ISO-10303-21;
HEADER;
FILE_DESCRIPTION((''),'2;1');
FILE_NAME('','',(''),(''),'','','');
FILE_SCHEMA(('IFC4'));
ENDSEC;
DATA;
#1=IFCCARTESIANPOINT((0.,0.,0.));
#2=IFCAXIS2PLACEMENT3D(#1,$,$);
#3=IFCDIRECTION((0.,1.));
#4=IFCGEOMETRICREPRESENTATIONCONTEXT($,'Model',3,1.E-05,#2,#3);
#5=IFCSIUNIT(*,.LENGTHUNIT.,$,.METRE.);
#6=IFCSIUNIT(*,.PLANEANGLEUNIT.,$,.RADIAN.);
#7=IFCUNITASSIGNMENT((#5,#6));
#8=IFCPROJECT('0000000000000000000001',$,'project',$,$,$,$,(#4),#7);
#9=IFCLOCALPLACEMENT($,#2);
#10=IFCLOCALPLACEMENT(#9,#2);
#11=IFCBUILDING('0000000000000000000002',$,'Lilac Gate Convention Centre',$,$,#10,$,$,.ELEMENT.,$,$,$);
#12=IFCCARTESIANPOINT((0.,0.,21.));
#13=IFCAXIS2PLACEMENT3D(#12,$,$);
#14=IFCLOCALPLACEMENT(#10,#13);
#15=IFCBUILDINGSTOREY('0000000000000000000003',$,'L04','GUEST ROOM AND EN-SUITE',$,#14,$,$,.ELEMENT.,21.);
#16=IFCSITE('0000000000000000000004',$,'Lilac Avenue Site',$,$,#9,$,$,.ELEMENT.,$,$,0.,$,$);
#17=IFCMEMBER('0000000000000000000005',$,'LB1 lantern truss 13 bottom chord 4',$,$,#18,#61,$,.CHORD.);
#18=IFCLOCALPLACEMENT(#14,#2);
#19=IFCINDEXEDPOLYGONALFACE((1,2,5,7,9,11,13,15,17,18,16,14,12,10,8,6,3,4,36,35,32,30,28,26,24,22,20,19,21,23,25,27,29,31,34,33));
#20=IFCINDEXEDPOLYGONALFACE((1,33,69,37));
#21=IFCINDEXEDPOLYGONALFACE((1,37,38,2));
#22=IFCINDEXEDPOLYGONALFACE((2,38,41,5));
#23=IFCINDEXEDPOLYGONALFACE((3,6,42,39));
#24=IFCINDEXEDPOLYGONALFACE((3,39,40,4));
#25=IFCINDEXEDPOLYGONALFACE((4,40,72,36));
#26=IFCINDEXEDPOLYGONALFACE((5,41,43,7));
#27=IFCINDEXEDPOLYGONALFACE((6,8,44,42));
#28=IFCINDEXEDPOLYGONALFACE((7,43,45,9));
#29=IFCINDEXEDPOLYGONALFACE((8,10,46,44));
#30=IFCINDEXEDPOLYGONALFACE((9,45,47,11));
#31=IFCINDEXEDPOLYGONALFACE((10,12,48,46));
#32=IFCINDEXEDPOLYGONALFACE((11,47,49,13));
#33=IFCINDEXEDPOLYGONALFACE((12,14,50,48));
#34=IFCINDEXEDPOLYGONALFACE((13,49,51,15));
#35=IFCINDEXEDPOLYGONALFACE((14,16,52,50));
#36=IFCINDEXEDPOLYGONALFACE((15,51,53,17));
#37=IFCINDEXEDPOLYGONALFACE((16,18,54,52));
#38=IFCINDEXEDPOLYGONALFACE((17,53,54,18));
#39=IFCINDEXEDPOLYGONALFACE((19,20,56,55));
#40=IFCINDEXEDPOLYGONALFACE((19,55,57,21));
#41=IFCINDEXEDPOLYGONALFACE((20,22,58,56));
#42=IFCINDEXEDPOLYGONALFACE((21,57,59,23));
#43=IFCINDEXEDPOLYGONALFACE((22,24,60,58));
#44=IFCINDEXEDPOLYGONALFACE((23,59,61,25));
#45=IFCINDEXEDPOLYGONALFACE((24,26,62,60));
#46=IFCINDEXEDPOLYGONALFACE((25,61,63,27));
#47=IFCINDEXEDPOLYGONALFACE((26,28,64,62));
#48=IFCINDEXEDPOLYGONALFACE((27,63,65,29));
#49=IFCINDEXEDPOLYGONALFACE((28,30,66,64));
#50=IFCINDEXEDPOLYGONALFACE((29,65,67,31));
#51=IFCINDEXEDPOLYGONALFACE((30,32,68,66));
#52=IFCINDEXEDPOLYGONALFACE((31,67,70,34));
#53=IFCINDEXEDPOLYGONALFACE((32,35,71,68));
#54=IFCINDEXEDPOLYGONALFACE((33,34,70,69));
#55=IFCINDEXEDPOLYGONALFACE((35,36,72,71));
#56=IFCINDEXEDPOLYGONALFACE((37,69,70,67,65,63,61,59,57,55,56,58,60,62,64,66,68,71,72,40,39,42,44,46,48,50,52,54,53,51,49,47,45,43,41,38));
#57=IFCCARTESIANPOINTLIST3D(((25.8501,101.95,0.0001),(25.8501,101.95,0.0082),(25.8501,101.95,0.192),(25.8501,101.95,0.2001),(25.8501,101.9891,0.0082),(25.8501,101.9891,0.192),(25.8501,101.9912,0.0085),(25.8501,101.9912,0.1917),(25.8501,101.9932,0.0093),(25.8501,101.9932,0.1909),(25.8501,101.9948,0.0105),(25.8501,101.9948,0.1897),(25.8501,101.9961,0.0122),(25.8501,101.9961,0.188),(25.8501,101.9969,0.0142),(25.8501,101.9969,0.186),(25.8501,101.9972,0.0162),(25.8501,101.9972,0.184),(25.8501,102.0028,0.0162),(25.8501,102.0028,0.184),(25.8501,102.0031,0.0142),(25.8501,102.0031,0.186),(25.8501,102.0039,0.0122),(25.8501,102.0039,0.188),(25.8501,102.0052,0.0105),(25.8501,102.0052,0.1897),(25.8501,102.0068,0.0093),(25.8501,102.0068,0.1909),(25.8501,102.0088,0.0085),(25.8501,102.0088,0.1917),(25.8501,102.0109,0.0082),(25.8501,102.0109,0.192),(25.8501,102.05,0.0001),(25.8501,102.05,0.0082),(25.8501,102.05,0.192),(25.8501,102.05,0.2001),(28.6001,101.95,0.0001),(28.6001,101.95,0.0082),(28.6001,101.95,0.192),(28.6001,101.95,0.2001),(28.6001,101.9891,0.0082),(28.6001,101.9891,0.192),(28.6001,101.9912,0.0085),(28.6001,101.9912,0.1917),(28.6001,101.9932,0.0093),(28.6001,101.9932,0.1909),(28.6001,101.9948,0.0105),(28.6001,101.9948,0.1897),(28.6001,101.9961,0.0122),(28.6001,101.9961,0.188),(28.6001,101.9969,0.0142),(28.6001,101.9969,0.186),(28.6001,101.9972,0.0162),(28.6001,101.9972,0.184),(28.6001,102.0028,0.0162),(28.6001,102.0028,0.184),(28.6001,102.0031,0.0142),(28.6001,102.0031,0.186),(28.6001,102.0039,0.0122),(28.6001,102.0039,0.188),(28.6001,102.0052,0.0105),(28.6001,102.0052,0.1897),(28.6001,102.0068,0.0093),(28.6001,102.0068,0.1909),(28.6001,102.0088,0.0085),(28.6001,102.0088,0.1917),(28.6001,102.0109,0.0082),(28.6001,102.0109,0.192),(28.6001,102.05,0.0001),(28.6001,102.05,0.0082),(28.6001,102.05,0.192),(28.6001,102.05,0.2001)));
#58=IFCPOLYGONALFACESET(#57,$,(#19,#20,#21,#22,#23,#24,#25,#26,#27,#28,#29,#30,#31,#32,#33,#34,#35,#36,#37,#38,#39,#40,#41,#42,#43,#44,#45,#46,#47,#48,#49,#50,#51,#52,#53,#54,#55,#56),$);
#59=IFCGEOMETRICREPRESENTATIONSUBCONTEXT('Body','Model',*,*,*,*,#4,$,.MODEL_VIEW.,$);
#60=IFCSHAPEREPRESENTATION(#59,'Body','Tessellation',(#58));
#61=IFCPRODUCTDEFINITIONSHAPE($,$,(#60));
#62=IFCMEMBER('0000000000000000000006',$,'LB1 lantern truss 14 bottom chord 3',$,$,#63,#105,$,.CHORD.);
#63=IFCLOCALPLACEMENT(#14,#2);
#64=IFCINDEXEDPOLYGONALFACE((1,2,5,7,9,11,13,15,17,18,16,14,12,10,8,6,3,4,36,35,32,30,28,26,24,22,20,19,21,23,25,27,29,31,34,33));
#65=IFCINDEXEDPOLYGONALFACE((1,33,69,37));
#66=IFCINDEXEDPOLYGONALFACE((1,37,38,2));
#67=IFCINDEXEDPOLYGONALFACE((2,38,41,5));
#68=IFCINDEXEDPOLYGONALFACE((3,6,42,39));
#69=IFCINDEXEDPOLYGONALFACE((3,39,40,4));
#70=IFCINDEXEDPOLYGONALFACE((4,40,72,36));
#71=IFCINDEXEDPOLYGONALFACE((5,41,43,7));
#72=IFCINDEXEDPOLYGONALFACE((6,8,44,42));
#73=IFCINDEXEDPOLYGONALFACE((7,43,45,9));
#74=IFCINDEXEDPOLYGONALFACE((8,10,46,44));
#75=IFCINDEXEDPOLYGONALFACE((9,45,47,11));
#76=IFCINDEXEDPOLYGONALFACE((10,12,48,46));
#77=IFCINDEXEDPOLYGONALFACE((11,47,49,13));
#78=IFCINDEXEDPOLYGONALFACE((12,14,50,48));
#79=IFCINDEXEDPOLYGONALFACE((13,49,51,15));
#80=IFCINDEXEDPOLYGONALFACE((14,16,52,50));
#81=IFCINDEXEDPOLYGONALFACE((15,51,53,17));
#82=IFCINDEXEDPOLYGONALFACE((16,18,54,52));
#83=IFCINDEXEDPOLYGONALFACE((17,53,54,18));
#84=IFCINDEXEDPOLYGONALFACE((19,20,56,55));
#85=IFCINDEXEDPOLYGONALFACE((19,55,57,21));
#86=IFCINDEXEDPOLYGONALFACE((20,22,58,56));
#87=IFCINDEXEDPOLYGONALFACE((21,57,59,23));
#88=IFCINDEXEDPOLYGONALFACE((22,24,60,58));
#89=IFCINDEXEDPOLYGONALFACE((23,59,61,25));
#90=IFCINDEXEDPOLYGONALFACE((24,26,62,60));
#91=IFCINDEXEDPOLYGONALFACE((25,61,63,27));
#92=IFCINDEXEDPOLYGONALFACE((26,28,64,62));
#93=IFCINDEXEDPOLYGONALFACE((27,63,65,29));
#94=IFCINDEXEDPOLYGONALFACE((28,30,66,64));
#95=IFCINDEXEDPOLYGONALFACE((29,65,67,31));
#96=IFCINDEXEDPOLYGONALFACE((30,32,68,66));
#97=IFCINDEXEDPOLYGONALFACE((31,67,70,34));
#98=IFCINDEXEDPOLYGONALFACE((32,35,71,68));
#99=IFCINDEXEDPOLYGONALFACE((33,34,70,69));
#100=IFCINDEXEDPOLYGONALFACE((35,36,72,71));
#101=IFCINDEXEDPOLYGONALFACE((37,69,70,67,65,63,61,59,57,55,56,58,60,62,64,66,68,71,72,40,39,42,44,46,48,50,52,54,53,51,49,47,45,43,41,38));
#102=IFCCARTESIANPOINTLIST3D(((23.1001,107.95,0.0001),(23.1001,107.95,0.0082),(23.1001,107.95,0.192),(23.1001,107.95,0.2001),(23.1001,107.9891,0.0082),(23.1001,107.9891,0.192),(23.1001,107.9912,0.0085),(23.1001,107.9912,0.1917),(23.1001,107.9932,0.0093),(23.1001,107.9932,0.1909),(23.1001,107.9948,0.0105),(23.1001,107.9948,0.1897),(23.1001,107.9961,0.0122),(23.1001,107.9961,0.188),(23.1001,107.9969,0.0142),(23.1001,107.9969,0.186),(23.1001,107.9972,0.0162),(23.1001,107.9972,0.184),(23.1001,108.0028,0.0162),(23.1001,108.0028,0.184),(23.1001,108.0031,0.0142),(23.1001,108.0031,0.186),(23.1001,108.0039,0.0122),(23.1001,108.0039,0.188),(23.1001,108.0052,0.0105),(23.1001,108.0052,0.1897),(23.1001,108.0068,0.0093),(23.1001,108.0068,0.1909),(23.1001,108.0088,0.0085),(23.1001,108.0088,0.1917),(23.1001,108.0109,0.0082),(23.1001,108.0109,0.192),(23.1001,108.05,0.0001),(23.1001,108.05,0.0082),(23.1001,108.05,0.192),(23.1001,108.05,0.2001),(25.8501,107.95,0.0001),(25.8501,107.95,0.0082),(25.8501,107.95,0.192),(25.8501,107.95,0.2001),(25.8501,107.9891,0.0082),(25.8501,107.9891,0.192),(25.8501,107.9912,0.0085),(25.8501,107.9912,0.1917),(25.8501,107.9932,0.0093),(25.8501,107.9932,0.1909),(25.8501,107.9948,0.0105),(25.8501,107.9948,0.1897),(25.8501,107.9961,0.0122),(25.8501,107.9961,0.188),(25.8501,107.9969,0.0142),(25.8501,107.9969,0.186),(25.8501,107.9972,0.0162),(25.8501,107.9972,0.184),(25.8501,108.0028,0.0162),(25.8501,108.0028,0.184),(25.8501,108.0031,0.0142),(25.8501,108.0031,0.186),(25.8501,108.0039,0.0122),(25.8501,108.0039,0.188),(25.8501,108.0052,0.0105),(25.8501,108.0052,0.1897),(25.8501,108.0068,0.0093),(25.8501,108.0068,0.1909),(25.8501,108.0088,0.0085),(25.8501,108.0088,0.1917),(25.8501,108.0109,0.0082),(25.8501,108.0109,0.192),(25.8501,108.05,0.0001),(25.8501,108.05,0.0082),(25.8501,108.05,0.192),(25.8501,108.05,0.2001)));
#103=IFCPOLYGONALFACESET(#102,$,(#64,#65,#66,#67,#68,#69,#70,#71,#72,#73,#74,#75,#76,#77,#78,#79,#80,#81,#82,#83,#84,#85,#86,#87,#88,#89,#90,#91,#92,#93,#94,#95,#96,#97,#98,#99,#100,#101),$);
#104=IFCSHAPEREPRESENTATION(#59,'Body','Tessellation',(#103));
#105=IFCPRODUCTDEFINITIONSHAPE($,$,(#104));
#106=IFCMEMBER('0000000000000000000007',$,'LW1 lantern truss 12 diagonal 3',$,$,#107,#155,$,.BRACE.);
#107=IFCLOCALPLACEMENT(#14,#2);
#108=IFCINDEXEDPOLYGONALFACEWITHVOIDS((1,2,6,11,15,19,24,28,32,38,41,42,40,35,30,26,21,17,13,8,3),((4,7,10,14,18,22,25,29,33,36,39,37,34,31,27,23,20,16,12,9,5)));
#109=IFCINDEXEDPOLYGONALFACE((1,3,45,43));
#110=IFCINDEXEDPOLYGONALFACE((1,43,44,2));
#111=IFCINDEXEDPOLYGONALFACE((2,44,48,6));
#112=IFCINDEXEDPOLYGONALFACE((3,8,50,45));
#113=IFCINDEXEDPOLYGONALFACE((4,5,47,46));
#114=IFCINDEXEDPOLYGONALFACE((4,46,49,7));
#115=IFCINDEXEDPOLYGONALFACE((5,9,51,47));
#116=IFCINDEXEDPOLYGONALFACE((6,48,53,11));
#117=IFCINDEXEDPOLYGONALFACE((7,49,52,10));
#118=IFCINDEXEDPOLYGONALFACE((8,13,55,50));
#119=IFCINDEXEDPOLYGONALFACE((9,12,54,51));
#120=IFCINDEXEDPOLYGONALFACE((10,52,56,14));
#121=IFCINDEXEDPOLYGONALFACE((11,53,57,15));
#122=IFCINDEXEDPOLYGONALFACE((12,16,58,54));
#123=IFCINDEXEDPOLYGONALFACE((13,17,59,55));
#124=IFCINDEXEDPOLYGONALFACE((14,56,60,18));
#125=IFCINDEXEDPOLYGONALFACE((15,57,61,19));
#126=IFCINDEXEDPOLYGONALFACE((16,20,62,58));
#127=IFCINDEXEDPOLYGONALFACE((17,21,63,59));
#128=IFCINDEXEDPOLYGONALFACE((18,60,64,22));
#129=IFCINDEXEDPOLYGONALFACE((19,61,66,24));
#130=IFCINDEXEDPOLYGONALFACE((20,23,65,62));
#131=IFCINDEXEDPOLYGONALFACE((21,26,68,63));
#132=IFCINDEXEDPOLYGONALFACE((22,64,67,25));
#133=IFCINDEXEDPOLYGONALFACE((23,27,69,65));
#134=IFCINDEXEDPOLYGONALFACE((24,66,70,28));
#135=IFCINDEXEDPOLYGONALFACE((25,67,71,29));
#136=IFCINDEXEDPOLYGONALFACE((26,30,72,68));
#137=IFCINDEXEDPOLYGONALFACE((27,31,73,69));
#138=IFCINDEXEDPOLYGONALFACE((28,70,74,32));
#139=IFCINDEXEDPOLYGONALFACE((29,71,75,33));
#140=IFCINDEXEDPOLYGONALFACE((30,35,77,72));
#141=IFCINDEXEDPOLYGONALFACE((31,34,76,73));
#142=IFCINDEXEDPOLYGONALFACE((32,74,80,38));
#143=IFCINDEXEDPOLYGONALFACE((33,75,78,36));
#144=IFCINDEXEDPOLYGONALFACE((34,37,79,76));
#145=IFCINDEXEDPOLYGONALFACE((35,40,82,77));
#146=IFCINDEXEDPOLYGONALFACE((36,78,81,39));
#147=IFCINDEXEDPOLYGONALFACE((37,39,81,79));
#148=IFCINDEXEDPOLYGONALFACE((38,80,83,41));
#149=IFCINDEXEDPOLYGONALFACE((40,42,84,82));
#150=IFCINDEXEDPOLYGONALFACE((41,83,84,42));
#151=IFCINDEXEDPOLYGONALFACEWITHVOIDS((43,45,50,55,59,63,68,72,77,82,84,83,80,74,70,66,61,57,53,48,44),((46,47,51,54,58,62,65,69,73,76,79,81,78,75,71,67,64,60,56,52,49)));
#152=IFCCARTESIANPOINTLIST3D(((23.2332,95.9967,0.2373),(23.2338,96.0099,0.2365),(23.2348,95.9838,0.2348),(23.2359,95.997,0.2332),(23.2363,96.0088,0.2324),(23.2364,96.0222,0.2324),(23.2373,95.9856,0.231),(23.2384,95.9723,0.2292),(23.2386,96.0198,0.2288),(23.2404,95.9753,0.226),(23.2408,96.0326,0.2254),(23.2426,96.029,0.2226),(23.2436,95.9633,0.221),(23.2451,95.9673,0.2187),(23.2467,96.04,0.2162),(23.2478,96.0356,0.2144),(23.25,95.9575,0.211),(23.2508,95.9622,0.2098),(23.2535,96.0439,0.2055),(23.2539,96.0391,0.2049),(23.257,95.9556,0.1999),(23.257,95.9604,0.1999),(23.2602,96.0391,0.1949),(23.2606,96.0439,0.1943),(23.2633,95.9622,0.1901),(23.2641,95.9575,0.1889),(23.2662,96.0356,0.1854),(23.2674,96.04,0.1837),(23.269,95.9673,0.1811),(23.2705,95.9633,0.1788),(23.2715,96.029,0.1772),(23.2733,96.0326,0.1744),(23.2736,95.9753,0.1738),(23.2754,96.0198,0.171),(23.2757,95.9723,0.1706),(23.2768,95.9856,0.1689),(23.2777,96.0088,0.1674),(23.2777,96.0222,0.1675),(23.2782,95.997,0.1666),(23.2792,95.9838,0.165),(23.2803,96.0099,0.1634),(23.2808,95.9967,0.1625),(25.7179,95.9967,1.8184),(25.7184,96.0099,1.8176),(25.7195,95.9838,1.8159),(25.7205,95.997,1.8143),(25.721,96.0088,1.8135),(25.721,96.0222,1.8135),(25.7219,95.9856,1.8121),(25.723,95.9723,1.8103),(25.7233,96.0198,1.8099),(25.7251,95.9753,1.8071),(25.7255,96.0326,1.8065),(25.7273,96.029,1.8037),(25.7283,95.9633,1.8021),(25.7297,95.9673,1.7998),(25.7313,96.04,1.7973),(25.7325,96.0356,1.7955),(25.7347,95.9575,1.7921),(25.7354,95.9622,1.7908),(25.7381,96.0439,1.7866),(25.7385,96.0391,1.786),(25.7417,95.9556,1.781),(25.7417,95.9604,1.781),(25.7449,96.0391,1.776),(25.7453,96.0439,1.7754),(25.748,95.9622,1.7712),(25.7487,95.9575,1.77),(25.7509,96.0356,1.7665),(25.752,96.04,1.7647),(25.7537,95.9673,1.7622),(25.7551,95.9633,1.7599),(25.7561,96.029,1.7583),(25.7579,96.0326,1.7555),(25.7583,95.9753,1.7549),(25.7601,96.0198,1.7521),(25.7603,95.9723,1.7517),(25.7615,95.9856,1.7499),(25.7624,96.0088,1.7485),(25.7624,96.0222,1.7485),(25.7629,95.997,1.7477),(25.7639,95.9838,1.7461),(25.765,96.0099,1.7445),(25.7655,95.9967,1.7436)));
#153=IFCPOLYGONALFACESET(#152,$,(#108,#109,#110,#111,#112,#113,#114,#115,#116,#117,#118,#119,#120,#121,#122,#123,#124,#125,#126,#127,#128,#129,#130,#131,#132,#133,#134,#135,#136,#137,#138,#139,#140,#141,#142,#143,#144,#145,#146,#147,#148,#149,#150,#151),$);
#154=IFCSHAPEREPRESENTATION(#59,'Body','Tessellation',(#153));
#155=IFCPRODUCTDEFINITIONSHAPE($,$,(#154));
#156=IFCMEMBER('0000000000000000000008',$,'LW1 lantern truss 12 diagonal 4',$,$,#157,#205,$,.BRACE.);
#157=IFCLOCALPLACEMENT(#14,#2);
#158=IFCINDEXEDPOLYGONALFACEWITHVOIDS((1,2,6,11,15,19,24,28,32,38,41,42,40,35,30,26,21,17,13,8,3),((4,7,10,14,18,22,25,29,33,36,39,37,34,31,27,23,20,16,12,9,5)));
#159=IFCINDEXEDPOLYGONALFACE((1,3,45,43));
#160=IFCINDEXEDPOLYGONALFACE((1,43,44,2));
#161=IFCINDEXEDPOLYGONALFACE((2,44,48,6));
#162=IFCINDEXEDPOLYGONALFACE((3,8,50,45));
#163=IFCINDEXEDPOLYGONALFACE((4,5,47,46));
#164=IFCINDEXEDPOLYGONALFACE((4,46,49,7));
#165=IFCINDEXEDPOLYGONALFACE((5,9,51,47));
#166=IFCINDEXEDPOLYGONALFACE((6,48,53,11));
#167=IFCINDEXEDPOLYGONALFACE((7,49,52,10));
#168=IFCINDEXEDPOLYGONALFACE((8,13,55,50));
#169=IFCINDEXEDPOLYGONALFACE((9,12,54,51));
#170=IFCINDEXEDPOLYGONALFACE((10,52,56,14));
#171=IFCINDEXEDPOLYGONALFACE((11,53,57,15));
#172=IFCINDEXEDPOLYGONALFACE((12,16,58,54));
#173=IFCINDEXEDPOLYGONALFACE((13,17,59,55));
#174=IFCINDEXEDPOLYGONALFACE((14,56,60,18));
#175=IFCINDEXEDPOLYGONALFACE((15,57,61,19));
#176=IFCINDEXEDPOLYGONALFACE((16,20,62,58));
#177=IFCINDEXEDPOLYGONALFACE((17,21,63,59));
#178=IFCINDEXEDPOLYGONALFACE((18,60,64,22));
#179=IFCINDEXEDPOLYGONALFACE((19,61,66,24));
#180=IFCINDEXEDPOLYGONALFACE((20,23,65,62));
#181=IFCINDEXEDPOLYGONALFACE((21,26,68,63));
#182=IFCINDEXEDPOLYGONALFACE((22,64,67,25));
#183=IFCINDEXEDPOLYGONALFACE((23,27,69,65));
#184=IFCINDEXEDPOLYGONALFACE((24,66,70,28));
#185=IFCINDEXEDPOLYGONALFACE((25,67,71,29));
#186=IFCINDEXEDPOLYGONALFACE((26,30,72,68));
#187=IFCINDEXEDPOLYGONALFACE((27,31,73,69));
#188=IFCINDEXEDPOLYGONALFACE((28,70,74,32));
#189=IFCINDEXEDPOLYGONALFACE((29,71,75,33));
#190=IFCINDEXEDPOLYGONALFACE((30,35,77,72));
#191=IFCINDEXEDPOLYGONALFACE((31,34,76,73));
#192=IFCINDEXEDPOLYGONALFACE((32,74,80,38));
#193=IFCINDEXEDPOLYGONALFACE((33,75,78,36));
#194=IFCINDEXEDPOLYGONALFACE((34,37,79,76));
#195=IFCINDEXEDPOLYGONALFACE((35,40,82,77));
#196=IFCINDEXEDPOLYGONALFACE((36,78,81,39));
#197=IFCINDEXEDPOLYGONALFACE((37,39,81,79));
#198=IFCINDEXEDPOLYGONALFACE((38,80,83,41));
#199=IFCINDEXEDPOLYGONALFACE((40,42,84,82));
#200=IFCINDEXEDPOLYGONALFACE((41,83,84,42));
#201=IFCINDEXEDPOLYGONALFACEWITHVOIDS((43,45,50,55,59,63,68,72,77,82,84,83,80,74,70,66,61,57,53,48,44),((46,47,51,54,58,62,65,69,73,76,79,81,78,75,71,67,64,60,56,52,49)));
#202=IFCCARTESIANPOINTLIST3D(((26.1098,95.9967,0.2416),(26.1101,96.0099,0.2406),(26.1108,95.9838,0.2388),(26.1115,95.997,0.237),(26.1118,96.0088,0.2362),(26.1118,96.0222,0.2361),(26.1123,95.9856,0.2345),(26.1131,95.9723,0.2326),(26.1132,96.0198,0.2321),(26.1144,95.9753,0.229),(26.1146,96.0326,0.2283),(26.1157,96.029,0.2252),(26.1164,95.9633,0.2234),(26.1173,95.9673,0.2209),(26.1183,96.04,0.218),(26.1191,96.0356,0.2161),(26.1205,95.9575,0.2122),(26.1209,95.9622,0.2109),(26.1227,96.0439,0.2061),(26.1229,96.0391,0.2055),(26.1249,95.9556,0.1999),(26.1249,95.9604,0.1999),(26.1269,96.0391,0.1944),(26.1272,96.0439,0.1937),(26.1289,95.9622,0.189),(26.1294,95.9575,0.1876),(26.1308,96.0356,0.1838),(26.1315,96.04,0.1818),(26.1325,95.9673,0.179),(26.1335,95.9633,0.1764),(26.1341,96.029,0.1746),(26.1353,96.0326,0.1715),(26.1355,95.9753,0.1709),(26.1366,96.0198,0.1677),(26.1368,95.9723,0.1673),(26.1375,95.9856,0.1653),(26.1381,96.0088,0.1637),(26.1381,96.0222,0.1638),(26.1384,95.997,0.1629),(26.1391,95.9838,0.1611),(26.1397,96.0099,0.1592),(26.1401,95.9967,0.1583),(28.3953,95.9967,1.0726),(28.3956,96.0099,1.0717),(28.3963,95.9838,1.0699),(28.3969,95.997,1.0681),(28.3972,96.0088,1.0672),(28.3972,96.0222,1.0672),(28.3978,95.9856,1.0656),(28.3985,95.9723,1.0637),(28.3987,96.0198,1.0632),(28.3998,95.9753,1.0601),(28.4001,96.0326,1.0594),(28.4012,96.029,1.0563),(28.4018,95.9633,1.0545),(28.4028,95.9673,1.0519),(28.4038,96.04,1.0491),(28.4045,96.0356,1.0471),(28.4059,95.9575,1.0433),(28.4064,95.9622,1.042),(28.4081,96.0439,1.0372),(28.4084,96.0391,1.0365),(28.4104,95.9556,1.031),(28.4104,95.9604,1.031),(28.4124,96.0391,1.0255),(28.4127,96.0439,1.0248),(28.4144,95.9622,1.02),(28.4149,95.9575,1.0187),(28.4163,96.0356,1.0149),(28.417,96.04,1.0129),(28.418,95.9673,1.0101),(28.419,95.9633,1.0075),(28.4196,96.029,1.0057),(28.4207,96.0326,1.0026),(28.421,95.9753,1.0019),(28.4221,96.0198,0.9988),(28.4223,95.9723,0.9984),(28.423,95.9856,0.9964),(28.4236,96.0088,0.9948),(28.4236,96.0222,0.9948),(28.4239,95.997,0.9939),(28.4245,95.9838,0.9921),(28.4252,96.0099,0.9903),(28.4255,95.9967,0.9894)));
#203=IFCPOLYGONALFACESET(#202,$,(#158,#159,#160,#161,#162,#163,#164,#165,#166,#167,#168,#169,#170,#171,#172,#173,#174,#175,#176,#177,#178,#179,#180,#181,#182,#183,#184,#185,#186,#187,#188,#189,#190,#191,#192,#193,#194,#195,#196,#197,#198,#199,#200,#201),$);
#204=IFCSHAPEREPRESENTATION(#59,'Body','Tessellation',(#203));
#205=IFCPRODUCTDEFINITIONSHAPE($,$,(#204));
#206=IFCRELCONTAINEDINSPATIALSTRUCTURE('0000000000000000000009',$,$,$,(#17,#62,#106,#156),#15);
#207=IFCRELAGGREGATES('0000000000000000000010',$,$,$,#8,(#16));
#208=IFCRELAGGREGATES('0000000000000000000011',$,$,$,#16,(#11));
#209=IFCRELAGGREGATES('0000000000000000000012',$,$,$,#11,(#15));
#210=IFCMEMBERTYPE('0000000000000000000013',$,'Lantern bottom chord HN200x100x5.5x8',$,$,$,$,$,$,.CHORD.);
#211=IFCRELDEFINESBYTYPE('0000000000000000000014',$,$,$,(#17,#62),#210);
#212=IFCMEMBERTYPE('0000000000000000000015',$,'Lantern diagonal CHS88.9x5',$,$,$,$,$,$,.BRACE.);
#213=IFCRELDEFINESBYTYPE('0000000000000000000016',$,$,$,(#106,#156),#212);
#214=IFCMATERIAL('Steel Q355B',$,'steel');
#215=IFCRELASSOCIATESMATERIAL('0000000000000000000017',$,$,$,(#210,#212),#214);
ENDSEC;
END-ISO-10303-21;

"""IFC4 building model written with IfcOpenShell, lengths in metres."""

from ifc_helpers import new_model, si_unit, direction, frame, origin, origin_2d, place, context, subcontext, project, spatial, hollow_circle, i_section, extrude, material, material_profile, profile_set, type_object, element, save


model = new_model("IFC4")

# Units and contexts
model_context = context("Model", 3, precision=1e-05, world=origin(), true_north=direction((0.0, 1.0)))
body_context = subcontext(model_context, "Body", "Model", "MODEL_VIEW")
ifc_project = project(units=[si_unit("LENGTHUNIT", "METRE"), si_unit("PLANEANGLEUNIT", "RADIAN")], contexts=[model_context])

# Site, building, storey
site_placement = place(None, origin())
site = spatial("IfcSite", under=ifc_project, at=site_placement, Name="Lilac Avenue Site", CompositionType="ELEMENT", RefElevation=0.0)
building_placement = place(site_placement, origin())
building = spatial("IfcBuilding", under=site, at=building_placement, Name="Lilac Gate Convention Centre", CompositionType="ELEMENT")
storey_placement = place(building_placement, frame((0.0, 0.0, 21.0)))
storey = spatial("IfcBuildingStorey", under=building, at=storey_placement, Name="L04", Description="GUEST ROOM AND EN-SUITE", CompositionType="ELEMENT", Elevation=21.0)

# Members
ifc_material_1 = material(Name="Steel Q355B", Category="steel")
ifc_material_profile_1 = material_profile(ifc_material_1, i_section(OverallWidth=0.1001, OverallDepth=0.2, WebThickness=0.0056, FlangeThickness=0.0081, FilletRadius=0.0081, at=origin_2d()), Name="HN200x100x5.5x8")
ifc_profile_set_1 = profile_set([ifc_material_profile_1], Name="Steel Q355B")
member_type_1 = type_object("IfcMemberType", Name="Lantern bottom chord HN200x100x5.5x8", PredefinedType="CHORD", material=ifc_profile_set_1)
for number, where, z_axis, x_axis, name in (
    (1, (25.8501, 102.0, 0.1001), (1.0, 0.0, 0.0), (0.0, 1.0, 0.0), "LB1 lantern truss 13 bottom chord 4"),
    (2, (23.1001, 108.0, 0.1001), (1.0, 0.0, 0.0), (0.0, 1.0, 0.0), "LB1 lantern truss 14 bottom chord 3"),
):
    element("IfcMember", number, at=place(storey_placement, frame(where, z_axis=z_axis, x_axis=x_axis)), inside=storey, type_object=member_type_1, Name=name, PredefinedType="CHORD", context=body_context, shape_type="SweptSolid", body=[
        extrude(i_section(OverallWidth=0.1001, OverallDepth=0.2, WebThickness=0.0056, FlangeThickness=0.0081, FilletRadius=0.0081, at=origin_2d()), origin(), (0.0, 0.0, 1.0), 2.75),
    ])
ifc_material_profile_2 = material_profile(ifc_material_1, hollow_circle(Radius=0.0444, WallThickness=0.0049, at=origin_2d()), Name="CHS88.9x5")
ifc_profile_set_2 = profile_set([ifc_material_profile_2], Name="Steel Q355B")
member_type_2 = type_object("IfcMemberType", Name="Lantern diagonal CHS88.9x5", PredefinedType="BRACE", material=ifc_profile_set_2)
member_1_placement = place(storey_placement, frame((25.7417, 96.0, 1.781), z_axis=(-0.843672, 0.0, -0.536859), x_axis=(0.0, -1.0, 0.0)))
element("IfcMember", 3, at=member_1_placement, inside=storey, type_object=member_type_2, Name="LW1 lantern truss 12 diagonal 3", PredefinedType="BRACE", context=body_context, shape_type="SweptSolid", body=[
    extrude(hollow_circle(Radius=0.0444, WallThickness=0.0049, at=origin_2d()), origin(), (0.0, 0.0, 1.0), 2.9451),
])
member_2_placement = place(storey_placement, frame((28.4104, 96.0, 1.031), z_axis=(-0.939793, 0.0, -0.341743), x_axis=(0.0, -1.0, 0.0)))
element("IfcMember", 4, at=member_2_placement, inside=storey, type_object=member_type_2, Name="LW1 lantern truss 12 diagonal 4", PredefinedType="BRACE", context=body_context, shape_type="SweptSolid", body=[
    extrude(hollow_circle(Radius=0.0444, WallThickness=0.0049, at=origin_2d()), origin(), (0.0, 0.0, 1.0), 2.4319),
])

save(model, "model.ifc")
